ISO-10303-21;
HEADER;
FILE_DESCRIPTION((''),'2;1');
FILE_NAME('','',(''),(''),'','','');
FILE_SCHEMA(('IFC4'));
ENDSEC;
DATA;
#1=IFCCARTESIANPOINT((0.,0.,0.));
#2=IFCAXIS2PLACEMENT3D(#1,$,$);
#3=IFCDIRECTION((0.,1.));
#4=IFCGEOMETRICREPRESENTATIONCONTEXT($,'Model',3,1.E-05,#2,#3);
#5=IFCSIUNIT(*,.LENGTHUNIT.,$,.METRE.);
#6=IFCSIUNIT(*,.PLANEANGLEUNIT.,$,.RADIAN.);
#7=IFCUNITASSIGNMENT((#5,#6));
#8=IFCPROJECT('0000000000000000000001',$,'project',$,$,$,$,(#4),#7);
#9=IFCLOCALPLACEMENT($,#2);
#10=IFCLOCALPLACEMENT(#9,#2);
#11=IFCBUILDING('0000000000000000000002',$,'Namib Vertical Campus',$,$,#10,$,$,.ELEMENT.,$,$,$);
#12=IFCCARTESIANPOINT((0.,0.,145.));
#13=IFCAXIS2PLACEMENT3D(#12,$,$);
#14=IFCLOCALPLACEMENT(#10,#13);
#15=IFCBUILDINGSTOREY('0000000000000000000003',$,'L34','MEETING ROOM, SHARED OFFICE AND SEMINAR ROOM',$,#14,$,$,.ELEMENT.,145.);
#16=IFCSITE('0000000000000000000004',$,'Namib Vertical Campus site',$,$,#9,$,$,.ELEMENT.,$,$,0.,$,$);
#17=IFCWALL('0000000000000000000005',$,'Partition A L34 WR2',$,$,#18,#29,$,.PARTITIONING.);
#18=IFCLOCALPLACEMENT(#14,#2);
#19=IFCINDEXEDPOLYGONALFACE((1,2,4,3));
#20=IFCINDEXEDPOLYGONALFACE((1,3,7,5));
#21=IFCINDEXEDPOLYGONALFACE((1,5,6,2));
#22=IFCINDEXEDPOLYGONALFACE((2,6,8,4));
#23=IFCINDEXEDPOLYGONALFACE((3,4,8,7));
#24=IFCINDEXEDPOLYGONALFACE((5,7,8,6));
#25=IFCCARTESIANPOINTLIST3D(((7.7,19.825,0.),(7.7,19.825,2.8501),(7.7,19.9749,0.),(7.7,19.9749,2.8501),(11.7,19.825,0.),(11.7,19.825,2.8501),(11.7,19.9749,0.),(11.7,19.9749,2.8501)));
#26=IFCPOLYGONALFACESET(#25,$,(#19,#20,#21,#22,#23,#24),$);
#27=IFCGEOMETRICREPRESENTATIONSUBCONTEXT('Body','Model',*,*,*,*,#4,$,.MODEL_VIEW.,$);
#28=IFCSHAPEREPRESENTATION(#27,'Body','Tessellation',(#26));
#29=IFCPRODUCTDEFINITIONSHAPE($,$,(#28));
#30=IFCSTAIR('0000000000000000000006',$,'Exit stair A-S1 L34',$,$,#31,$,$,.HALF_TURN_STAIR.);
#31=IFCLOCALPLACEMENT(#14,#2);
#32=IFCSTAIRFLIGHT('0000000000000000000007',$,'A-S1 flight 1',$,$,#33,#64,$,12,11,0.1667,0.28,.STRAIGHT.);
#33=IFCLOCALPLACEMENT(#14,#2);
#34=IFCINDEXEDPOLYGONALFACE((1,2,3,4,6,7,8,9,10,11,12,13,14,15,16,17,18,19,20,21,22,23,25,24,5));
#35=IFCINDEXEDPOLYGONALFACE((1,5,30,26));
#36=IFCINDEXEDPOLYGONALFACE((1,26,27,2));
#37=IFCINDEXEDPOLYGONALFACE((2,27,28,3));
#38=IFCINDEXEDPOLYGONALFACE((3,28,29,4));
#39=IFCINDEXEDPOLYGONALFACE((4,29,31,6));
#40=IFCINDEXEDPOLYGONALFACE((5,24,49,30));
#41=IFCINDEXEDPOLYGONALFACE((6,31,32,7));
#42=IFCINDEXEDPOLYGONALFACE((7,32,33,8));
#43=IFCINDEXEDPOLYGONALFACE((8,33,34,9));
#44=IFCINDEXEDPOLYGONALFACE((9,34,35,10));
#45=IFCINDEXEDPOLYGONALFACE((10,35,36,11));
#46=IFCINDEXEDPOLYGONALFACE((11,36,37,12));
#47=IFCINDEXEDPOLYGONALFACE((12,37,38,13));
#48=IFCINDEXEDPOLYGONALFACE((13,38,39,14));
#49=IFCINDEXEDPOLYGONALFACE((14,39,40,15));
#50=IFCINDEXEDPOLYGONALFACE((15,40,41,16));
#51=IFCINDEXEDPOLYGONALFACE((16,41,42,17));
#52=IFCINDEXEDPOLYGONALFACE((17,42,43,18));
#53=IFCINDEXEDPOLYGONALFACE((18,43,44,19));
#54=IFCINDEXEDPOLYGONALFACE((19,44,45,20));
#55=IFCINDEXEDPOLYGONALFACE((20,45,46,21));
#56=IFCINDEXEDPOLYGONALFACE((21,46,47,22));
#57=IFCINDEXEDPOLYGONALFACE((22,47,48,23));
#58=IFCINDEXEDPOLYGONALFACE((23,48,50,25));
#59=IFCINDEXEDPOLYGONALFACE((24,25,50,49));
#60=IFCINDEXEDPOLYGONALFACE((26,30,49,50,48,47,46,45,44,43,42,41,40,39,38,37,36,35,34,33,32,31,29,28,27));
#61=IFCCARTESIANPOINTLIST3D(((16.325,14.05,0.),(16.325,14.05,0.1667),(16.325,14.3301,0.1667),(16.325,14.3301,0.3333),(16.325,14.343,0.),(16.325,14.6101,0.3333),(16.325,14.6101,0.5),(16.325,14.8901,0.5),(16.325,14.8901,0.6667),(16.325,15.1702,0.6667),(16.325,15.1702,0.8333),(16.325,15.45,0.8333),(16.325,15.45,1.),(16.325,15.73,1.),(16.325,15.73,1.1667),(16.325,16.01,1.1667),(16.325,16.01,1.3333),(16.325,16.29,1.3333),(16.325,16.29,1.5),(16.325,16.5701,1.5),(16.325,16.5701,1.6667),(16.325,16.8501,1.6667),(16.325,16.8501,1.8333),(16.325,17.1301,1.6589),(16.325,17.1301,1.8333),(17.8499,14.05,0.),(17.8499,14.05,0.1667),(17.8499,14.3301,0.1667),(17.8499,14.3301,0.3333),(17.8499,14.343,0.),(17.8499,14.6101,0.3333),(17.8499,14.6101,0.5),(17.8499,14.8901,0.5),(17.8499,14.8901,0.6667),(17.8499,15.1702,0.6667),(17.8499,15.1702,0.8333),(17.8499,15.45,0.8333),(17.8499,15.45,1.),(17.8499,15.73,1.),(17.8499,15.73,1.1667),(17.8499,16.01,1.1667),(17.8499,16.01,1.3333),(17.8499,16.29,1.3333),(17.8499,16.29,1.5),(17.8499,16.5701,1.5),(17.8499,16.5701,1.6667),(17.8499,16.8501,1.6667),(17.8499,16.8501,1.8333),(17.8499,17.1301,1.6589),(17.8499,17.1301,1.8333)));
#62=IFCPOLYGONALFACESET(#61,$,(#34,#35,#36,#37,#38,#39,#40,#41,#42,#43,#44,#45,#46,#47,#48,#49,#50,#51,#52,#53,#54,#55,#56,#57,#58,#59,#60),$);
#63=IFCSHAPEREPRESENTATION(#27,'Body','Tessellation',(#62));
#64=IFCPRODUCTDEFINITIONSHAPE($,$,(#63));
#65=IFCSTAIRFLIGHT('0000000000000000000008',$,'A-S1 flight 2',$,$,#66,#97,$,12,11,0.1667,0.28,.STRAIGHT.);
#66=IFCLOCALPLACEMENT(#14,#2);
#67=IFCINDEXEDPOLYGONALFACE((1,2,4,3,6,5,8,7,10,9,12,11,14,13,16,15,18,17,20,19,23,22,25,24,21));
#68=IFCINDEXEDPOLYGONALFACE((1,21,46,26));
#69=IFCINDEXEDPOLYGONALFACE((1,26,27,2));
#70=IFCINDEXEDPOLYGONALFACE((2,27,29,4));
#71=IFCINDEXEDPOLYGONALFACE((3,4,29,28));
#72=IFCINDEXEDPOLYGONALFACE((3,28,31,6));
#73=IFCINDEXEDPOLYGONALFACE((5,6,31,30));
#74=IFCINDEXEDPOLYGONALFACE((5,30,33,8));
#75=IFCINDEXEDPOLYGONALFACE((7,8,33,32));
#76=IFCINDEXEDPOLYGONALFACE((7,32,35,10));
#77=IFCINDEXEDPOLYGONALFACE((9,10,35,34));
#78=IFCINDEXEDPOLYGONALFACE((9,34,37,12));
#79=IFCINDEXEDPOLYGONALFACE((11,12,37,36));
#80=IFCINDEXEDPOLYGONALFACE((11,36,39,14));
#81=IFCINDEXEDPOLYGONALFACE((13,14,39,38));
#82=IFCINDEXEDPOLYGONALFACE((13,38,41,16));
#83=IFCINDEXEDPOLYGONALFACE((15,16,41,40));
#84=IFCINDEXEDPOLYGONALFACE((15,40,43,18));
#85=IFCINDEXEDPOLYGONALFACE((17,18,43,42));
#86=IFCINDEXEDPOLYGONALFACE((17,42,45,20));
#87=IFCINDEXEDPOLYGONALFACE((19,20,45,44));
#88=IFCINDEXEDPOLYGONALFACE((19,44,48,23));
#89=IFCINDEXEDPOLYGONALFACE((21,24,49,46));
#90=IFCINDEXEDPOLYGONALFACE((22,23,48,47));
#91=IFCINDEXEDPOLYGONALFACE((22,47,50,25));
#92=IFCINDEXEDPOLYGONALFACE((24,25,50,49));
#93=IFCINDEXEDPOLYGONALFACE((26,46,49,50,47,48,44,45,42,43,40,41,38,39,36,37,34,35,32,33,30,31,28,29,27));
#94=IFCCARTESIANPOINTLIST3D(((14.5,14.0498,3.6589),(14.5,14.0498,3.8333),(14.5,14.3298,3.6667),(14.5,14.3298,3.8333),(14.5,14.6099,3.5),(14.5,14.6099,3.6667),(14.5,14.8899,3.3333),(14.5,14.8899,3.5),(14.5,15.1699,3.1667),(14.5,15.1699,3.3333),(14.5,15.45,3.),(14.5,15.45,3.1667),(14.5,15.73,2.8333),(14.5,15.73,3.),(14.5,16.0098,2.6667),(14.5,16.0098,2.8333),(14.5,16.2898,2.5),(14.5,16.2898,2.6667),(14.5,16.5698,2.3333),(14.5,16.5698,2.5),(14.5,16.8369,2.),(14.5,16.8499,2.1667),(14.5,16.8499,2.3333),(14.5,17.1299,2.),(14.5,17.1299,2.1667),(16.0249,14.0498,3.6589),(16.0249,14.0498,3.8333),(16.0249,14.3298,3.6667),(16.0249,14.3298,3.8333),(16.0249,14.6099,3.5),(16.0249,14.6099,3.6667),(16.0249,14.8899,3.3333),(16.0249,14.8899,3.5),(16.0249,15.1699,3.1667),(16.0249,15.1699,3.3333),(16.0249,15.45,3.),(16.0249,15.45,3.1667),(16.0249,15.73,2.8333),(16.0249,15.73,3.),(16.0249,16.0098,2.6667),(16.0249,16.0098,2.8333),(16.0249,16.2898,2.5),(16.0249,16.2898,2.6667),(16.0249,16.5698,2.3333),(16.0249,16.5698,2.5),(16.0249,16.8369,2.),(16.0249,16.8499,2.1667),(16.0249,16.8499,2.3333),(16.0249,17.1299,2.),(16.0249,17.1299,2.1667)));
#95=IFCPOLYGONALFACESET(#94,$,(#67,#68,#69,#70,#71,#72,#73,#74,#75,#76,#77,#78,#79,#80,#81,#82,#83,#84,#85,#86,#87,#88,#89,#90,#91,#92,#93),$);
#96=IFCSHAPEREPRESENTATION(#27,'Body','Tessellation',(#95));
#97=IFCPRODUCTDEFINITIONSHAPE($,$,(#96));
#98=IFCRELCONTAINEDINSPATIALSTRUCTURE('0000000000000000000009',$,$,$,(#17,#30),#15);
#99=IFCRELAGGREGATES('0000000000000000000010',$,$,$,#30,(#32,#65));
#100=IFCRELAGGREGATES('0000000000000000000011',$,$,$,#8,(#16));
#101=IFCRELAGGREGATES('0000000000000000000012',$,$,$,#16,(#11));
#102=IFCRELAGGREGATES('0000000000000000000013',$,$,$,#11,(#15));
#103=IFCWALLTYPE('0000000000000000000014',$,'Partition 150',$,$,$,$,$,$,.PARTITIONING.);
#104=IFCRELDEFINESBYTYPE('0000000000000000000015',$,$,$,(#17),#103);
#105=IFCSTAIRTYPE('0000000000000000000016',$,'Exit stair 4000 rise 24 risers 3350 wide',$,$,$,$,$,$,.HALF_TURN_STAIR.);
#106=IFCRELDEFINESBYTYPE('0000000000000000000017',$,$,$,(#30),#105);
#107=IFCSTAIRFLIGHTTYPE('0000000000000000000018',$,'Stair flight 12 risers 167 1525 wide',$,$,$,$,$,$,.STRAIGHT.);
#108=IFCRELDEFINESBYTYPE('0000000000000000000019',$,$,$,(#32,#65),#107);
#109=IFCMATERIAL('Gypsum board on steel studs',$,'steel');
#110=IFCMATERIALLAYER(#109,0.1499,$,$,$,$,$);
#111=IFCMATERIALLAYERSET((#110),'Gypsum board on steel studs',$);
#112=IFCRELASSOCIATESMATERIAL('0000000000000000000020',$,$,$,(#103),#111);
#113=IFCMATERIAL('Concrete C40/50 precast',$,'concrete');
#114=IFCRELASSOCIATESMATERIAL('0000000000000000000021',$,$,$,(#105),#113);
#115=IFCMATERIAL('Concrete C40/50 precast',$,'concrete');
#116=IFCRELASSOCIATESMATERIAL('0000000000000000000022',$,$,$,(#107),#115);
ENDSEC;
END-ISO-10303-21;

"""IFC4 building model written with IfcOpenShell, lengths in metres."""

from ifc_helpers import new_model, si_unit, direction, frame, frame_2d, origin, place, context, subcontext, project, spatial, polyline, rectangle, outline, extrude, material, layer, layer_set, type_object, element, aggregate, save


model = new_model("IFC4")

# Units and contexts
model_context = context("Model", 3, precision=1e-05, world=origin(), true_north=direction((0.0, 1.0)))
body_context = subcontext(model_context, "Body", "Model", "MODEL_VIEW")
ifc_project = project(units=[si_unit("LENGTHUNIT", "METRE"), si_unit("PLANEANGLEUNIT", "RADIAN")], contexts=[model_context])

# Site, building, storey
site_placement = place(None, origin())
site = spatial("IfcSite", under=ifc_project, at=site_placement, Name="Namib Vertical Campus site", CompositionType="ELEMENT", RefElevation=0.0)
building_placement = place(site_placement, origin())
building = spatial("IfcBuilding", under=site, at=building_placement, Name="Namib Vertical Campus", CompositionType="ELEMENT")
storey_placement = place(building_placement, frame((0.0, 0.0, 145.0)))
storey = spatial("IfcBuildingStorey", under=building, at=storey_placement, Name="L34", Description="MEETING ROOM, SHARED OFFICE AND SEMINAR ROOM", CompositionType="ELEMENT", Elevation=145.0)

# Wall
ifc_material_1 = material(Name="Gypsum board on steel studs", Category="steel")
ifc_layer_1 = layer(ifc_material_1, 0.1499)
ifc_layer_set_1 = layer_set([ifc_layer_1], Name="Gypsum board on steel studs")
wall_type_1 = type_object("IfcWallType", Name="Partition 150", PredefinedType="PARTITIONING", material=ifc_layer_set_1)
wall_1_placement = place(storey_placement, frame((11.7, 19.8999, 0.0), z_axis=(0.0, 0.0, 1.0), x_axis=(-1.0, 0.0, 0.0)))
element("IfcWall", 1, at=wall_1_placement, inside=storey, type_object=wall_type_1, Name="Partition A L34 WR2", PredefinedType="PARTITIONING", context=body_context, shape_type="SweptSolid", body=[
    extrude(rectangle(XDim=4.0, YDim=0.1499, at=frame_2d((2.0, 0.0))), origin(), (0.0, 0.0, 1.0), 2.8501),
])

# Stair, stair flights
ifc_material_2 = material(Name="Concrete C40/50 precast", Category="concrete")
stair_type = type_object("IfcStairType", Name="Exit stair 4000 rise 24 risers 3350 wide", PredefinedType="HALF_TURN_STAIR", material=ifc_material_2)
stair_placement = place(storey_placement, origin())
stair = element("IfcStair", 2, at=stair_placement, inside=storey, type_object=stair_type, Name="Exit stair A-S1 L34", PredefinedType="HALF_TURN_STAIR")
ifc_material_3 = material(Name="Concrete C40/50 precast", Category="concrete")
stair_flight_type = type_object("IfcStairFlightType", Name="Stair flight 12 risers 167 1525 wide", PredefinedType="STRAIGHT", material=ifc_material_3)
stair_flight_1_placement = place(storey_placement, frame((17.0874, 14.05, 0.0), z_axis=(0.0, 0.0, 1.0), x_axis=(0.0, 1.0, 0.0)))
stair_flight_1 = element("IfcStairFlight", 3, at=stair_flight_1_placement, type_object=stair_flight_type, Name="A-S1 flight 1", NumberOfRisers=12, NumberOfTreads=11, PredefinedType="STRAIGHT", RiserHeight=0.1667, TreadLength=0.28, context=body_context, shape_type="SweptSolid", body=[
    extrude(outline(polyline([(0.0, 0.0), (0.0, 0.1667), (0.28, 0.1667), (0.28, 0.3333), (0.5601, 0.3333), (0.5601, 0.5), (0.8401, 0.5), (0.8401, 0.6667), (1.1201, 0.6667), (1.1201, 0.8333), (1.3999, 0.8333), (1.3999, 1.0), (1.6799, 1.0), (1.6799, 1.1667), (1.96, 1.1667), (1.96, 1.3333), (2.24, 1.3333), (2.24, 1.5), (2.52, 1.5), (2.52, 1.6667), (2.8, 1.6667), (2.8, 1.8333), (3.0801, 1.8333), (3.0801, 2.0), (3.0801, 1.6589), (0.293, 0.0), (0.0, 0.0)])), frame((0.0, 0.7625, 0.0), z_axis=(0.0, -1.0, 0.0), x_axis=(1.0, 0.0, 0.0)), (0.0, 0.0, 1.0), 1.5249),
])
stair_flight_2_placement = place(storey_placement, frame((15.2625, 17.1299, 2.0), z_axis=(0.0, 0.0, 1.0), x_axis=(0.0, -1.0, 0.0)))
stair_flight_2 = element("IfcStairFlight", 4, at=stair_flight_2_placement, type_object=stair_flight_type, Name="A-S1 flight 2", NumberOfRisers=12, NumberOfTreads=11, PredefinedType="STRAIGHT", RiserHeight=0.1667, TreadLength=0.28, context=body_context, shape_type="SweptSolid", body=[
    extrude(outline(polyline([(0.0, 0.0), (0.0, 0.1667), (0.28, 0.1667), (0.28, 0.3333), (0.5601, 0.3333), (0.5601, 0.5), (0.8401, 0.5), (0.8401, 0.6667), (1.1201, 0.6667), (1.1201, 0.8333), (1.3999, 0.8333), (1.3999, 1.0), (1.6799, 1.0), (1.6799, 1.1667), (1.96, 1.1667), (1.96, 1.3333), (2.24, 1.3333), (2.24, 1.5), (2.52, 1.5), (2.52, 1.6667), (2.8, 1.6667), (2.8, 1.8333), (3.0801, 1.8333), (3.0801, 2.0), (3.0801, 1.6589), (0.293, 0.0), (0.0, 0.0)])), frame((0.0, 0.7625, 0.0), z_axis=(0.0, -1.0, 0.0), x_axis=(1.0, 0.0, 0.0)), (0.0, 0.0, 1.0), 1.5249),
])
aggregate(stair, [stair_flight_1, stair_flight_2])

save(model, "model.ifc")
